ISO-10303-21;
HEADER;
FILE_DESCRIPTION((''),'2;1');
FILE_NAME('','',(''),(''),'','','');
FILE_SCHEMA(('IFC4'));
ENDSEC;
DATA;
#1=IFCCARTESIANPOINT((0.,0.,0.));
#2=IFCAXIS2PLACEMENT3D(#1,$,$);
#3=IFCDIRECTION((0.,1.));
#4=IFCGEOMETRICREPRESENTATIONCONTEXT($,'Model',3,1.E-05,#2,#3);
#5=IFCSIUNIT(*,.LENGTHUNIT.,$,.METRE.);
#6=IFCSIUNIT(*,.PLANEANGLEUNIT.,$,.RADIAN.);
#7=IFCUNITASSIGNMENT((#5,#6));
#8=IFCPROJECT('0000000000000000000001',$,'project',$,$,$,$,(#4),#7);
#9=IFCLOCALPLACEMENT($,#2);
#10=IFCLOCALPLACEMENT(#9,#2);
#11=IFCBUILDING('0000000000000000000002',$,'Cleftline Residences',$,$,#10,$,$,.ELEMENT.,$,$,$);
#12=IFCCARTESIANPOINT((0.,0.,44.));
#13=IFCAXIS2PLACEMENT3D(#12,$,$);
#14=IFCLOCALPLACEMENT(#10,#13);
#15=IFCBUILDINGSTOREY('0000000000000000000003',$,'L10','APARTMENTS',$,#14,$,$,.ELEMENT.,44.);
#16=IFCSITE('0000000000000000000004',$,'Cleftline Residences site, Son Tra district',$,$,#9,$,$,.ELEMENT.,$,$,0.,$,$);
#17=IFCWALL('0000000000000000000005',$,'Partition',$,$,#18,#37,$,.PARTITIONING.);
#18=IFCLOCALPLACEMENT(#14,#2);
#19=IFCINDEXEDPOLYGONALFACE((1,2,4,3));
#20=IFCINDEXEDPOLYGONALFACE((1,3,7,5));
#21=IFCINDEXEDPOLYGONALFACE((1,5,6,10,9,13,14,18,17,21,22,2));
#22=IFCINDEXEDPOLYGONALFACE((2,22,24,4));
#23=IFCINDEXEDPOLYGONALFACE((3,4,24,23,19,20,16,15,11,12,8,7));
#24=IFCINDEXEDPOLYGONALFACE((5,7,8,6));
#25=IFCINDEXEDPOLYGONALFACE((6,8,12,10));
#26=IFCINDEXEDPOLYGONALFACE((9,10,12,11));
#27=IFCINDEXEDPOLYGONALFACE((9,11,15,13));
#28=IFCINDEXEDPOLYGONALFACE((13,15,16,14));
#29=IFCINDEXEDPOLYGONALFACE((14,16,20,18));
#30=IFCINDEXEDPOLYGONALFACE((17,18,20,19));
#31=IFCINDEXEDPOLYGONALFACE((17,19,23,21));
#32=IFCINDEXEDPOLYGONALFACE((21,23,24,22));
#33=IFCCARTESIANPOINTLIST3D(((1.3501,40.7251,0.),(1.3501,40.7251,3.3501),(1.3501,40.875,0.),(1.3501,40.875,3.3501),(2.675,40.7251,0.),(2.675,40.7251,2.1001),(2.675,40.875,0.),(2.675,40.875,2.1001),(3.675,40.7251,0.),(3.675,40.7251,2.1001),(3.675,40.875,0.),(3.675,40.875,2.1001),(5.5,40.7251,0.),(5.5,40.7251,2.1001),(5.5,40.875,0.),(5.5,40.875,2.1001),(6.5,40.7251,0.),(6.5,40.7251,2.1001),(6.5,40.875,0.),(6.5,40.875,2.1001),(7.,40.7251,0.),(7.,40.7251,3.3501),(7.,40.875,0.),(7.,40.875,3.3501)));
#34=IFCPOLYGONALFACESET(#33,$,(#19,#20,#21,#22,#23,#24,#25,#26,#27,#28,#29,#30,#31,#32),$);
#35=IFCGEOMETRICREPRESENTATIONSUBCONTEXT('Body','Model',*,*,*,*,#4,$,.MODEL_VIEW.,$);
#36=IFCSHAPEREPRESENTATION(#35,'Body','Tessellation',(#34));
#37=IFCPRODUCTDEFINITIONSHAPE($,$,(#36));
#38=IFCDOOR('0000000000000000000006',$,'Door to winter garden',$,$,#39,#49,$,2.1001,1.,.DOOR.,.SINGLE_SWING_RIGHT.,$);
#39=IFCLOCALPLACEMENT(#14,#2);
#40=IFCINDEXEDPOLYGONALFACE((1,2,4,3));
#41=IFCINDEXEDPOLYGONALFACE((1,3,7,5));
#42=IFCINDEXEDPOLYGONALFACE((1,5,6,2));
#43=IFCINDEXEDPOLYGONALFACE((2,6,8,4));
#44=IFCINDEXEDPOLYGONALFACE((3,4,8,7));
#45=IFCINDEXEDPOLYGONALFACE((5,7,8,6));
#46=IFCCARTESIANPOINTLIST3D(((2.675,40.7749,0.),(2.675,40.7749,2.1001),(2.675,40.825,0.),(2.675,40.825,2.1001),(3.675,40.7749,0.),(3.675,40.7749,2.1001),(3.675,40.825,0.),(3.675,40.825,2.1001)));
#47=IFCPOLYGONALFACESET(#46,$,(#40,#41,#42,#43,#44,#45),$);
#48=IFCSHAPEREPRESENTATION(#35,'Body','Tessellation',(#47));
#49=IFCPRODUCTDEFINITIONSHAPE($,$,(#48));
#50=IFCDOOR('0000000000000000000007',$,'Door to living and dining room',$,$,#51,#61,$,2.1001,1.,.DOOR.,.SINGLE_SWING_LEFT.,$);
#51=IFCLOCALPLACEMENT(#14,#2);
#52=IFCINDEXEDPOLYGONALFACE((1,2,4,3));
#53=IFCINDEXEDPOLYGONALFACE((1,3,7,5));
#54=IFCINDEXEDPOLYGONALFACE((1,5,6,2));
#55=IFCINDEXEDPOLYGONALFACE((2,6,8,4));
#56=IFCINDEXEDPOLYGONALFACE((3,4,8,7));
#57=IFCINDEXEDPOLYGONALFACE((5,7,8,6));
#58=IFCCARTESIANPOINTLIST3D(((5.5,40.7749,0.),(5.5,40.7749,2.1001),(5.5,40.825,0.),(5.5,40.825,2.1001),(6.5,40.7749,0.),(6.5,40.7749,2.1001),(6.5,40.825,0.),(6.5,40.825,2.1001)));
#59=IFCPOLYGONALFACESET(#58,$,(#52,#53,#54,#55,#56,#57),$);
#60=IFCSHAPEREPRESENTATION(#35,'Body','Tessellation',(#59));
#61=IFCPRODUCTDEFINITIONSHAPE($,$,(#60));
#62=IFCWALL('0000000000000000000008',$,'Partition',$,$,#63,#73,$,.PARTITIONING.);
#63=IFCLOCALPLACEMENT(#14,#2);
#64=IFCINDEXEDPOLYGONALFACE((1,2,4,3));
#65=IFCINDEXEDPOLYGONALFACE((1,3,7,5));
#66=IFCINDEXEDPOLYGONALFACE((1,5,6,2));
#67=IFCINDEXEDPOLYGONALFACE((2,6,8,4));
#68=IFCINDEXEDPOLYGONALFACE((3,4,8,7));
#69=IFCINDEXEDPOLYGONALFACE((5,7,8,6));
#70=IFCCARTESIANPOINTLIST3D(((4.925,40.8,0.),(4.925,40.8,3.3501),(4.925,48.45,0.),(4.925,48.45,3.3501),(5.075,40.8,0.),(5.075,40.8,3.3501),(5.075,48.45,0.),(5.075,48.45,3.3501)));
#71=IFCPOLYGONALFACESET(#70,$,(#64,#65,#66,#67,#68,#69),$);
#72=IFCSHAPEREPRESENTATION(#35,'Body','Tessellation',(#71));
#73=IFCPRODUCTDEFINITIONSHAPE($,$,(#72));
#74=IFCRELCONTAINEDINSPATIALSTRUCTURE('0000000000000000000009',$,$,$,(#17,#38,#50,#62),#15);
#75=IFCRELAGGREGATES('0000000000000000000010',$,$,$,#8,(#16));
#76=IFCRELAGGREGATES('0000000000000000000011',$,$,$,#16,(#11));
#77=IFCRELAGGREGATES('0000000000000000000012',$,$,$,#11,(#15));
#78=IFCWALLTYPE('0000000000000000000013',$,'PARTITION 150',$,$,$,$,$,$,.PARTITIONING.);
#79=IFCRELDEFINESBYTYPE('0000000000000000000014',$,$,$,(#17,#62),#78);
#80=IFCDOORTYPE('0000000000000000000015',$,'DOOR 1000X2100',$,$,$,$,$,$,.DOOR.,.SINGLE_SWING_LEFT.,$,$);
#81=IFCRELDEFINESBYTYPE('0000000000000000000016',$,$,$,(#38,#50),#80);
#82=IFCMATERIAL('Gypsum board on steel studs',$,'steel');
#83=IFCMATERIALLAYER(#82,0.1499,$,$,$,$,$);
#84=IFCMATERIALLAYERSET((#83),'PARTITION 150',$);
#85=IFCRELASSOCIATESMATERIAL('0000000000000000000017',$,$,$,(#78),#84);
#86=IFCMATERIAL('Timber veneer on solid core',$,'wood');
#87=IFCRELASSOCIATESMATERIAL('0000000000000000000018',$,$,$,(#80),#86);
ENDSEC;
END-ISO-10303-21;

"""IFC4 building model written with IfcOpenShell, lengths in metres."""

from ifc_helpers import new_model, si_unit, direction, frame, frame_2d, origin, place, context, subcontext, project, spatial, rectangle, extrude, material, layer, layer_set, type_object, element, fill, save


model = new_model("IFC4")

# Units and contexts
model_context = context("Model", 3, precision=1e-05, world=origin(), true_north=direction((0.0, 1.0)))
body_context = subcontext(model_context, "Body", "Model", "MODEL_VIEW")
ifc_project = project(units=[si_unit("LENGTHUNIT", "METRE"), si_unit("PLANEANGLEUNIT", "RADIAN")], contexts=[model_context])

# Site, building, storey
site_placement = place(None, origin())
site = spatial("IfcSite", under=ifc_project, at=site_placement, Name="Cleftline Residences site, Son Tra district", CompositionType="ELEMENT", RefElevation=0.0)
building_placement = place(site_placement, origin())
building = spatial("IfcBuilding", under=site, at=building_placement, Name="Cleftline Residences", CompositionType="ELEMENT")
storey_placement = place(building_placement, frame((0.0, 0.0, 44.0)))
storey = spatial("IfcBuildingStorey", under=building, at=storey_placement, Name="L10", Description="APARTMENTS", CompositionType="ELEMENT", Elevation=44.0)

# Wall, openings, doors
ifc_material_1 = material(Name="Gypsum board on steel studs", Category="steel")
ifc_layer_1 = layer(ifc_material_1, 0.1499)
ifc_layer_set_1 = layer_set([ifc_layer_1], Name="PARTITION 150")
wall_type_1 = type_object("IfcWallType", Name="PARTITION 150", PredefinedType="PARTITIONING", material=ifc_layer_set_1)
wall_1_placement = place(storey_placement, frame((1.3501, 40.8, 0.0), z_axis=(0.0, 0.0, 1.0), x_axis=(1.0, 0.0, 0.0)))
wall_1 = element("IfcWall", 1, at=wall_1_placement, inside=storey, type_object=wall_type_1, Name="Partition", PredefinedType="PARTITIONING", context=body_context, shape_type="SweptSolid", body=[
    extrude(rectangle(XDim=5.6499, YDim=0.1499, at=frame_2d((2.825, 0.0))), origin(), (0.0, 0.0, 1.0), 3.3501),
])
opening_1_placement = place(wall_1_placement, frame((1.325, 0.0, 0.0)))
opening_1 = element("IfcOpeningElement", 2, at=opening_1_placement, cuts=wall_1, PredefinedType="OPENING", context=body_context, shape_type="SweptSolid", body=[
    extrude(rectangle(XDim=1.0, YDim=2.1001, at=frame_2d((0.5, 1.05))), frame((0.0, 0.085, 0.0), z_axis=(0.0, -1.0, 0.0), x_axis=(1.0, 0.0, 0.0)), (0.0, 0.0, 1.0), 0.1699),
])
opening_2_placement = place(wall_1_placement, frame((4.1499, 0.0, 0.0)))
opening_2 = element("IfcOpeningElement", 3, at=opening_2_placement, cuts=wall_1, PredefinedType="OPENING", context=body_context, shape_type="SweptSolid", body=[
    extrude(rectangle(XDim=1.0, YDim=2.1001, at=frame_2d((0.5, 1.05))), frame((0.0, 0.085, 0.0), z_axis=(0.0, -1.0, 0.0), x_axis=(1.0, 0.0, 0.0)), (0.0, 0.0, 1.0), 0.1699),
])
ifc_material_2 = material(Name="Timber veneer on solid core", Category="wood")
door_type = type_object("IfcDoorType", Name="DOOR 1000X2100", OperationType="SINGLE_SWING_LEFT", PredefinedType="DOOR", material=ifc_material_2)
door_1_placement = place(opening_1_placement, origin())
door_1 = element("IfcDoor", 4, at=door_1_placement, inside=storey, type_object=door_type, Name="Door to winter garden", OperationType="SINGLE_SWING_RIGHT", OverallHeight=2.1001, OverallWidth=1.0, PredefinedType="DOOR", context=body_context, shape_type="SweptSolid", body=[
    extrude(rectangle(XDim=1.0, YDim=2.1001, at=frame_2d((0.5, 1.05))), frame((0.0, 0.0249, 0.0), z_axis=(0.0, -1.0, 0.0), x_axis=(1.0, 0.0, 0.0)), (0.0, 0.0, 1.0), 0.05),
])
fill(opening_1, door_1)
door_2_placement = place(opening_2_placement, origin())
door_2 = element("IfcDoor", 5, at=door_2_placement, inside=storey, type_object=door_type, Name="Door to living and dining room", OperationType="SINGLE_SWING_LEFT", OverallHeight=2.1001, OverallWidth=1.0, PredefinedType="DOOR", context=body_context, shape_type="SweptSolid", body=[
    extrude(rectangle(XDim=1.0, YDim=2.1001, at=frame_2d((0.5, 1.05))), frame((0.0, 0.0249, 0.0), z_axis=(0.0, -1.0, 0.0), x_axis=(1.0, 0.0, 0.0)), (0.0, 0.0, 1.0), 0.05),
])
fill(opening_2, door_2)

# Wall
wall_2_placement = place(storey_placement, frame((5.0, 40.8, 0.0), z_axis=(0.0, 0.0, 1.0), x_axis=(0.0, 1.0, 0.0)))
element("IfcWall", 6, at=wall_2_placement, inside=storey, type_object=wall_type_1, Name="Partition", PredefinedType="PARTITIONING", context=body_context, shape_type="SweptSolid", body=[
    extrude(rectangle(XDim=7.6499, YDim=0.1499, at=frame_2d((3.825, 0.0))), origin(), (0.0, 0.0, 1.0), 3.3501),
])

save(model, "model.ifc")
